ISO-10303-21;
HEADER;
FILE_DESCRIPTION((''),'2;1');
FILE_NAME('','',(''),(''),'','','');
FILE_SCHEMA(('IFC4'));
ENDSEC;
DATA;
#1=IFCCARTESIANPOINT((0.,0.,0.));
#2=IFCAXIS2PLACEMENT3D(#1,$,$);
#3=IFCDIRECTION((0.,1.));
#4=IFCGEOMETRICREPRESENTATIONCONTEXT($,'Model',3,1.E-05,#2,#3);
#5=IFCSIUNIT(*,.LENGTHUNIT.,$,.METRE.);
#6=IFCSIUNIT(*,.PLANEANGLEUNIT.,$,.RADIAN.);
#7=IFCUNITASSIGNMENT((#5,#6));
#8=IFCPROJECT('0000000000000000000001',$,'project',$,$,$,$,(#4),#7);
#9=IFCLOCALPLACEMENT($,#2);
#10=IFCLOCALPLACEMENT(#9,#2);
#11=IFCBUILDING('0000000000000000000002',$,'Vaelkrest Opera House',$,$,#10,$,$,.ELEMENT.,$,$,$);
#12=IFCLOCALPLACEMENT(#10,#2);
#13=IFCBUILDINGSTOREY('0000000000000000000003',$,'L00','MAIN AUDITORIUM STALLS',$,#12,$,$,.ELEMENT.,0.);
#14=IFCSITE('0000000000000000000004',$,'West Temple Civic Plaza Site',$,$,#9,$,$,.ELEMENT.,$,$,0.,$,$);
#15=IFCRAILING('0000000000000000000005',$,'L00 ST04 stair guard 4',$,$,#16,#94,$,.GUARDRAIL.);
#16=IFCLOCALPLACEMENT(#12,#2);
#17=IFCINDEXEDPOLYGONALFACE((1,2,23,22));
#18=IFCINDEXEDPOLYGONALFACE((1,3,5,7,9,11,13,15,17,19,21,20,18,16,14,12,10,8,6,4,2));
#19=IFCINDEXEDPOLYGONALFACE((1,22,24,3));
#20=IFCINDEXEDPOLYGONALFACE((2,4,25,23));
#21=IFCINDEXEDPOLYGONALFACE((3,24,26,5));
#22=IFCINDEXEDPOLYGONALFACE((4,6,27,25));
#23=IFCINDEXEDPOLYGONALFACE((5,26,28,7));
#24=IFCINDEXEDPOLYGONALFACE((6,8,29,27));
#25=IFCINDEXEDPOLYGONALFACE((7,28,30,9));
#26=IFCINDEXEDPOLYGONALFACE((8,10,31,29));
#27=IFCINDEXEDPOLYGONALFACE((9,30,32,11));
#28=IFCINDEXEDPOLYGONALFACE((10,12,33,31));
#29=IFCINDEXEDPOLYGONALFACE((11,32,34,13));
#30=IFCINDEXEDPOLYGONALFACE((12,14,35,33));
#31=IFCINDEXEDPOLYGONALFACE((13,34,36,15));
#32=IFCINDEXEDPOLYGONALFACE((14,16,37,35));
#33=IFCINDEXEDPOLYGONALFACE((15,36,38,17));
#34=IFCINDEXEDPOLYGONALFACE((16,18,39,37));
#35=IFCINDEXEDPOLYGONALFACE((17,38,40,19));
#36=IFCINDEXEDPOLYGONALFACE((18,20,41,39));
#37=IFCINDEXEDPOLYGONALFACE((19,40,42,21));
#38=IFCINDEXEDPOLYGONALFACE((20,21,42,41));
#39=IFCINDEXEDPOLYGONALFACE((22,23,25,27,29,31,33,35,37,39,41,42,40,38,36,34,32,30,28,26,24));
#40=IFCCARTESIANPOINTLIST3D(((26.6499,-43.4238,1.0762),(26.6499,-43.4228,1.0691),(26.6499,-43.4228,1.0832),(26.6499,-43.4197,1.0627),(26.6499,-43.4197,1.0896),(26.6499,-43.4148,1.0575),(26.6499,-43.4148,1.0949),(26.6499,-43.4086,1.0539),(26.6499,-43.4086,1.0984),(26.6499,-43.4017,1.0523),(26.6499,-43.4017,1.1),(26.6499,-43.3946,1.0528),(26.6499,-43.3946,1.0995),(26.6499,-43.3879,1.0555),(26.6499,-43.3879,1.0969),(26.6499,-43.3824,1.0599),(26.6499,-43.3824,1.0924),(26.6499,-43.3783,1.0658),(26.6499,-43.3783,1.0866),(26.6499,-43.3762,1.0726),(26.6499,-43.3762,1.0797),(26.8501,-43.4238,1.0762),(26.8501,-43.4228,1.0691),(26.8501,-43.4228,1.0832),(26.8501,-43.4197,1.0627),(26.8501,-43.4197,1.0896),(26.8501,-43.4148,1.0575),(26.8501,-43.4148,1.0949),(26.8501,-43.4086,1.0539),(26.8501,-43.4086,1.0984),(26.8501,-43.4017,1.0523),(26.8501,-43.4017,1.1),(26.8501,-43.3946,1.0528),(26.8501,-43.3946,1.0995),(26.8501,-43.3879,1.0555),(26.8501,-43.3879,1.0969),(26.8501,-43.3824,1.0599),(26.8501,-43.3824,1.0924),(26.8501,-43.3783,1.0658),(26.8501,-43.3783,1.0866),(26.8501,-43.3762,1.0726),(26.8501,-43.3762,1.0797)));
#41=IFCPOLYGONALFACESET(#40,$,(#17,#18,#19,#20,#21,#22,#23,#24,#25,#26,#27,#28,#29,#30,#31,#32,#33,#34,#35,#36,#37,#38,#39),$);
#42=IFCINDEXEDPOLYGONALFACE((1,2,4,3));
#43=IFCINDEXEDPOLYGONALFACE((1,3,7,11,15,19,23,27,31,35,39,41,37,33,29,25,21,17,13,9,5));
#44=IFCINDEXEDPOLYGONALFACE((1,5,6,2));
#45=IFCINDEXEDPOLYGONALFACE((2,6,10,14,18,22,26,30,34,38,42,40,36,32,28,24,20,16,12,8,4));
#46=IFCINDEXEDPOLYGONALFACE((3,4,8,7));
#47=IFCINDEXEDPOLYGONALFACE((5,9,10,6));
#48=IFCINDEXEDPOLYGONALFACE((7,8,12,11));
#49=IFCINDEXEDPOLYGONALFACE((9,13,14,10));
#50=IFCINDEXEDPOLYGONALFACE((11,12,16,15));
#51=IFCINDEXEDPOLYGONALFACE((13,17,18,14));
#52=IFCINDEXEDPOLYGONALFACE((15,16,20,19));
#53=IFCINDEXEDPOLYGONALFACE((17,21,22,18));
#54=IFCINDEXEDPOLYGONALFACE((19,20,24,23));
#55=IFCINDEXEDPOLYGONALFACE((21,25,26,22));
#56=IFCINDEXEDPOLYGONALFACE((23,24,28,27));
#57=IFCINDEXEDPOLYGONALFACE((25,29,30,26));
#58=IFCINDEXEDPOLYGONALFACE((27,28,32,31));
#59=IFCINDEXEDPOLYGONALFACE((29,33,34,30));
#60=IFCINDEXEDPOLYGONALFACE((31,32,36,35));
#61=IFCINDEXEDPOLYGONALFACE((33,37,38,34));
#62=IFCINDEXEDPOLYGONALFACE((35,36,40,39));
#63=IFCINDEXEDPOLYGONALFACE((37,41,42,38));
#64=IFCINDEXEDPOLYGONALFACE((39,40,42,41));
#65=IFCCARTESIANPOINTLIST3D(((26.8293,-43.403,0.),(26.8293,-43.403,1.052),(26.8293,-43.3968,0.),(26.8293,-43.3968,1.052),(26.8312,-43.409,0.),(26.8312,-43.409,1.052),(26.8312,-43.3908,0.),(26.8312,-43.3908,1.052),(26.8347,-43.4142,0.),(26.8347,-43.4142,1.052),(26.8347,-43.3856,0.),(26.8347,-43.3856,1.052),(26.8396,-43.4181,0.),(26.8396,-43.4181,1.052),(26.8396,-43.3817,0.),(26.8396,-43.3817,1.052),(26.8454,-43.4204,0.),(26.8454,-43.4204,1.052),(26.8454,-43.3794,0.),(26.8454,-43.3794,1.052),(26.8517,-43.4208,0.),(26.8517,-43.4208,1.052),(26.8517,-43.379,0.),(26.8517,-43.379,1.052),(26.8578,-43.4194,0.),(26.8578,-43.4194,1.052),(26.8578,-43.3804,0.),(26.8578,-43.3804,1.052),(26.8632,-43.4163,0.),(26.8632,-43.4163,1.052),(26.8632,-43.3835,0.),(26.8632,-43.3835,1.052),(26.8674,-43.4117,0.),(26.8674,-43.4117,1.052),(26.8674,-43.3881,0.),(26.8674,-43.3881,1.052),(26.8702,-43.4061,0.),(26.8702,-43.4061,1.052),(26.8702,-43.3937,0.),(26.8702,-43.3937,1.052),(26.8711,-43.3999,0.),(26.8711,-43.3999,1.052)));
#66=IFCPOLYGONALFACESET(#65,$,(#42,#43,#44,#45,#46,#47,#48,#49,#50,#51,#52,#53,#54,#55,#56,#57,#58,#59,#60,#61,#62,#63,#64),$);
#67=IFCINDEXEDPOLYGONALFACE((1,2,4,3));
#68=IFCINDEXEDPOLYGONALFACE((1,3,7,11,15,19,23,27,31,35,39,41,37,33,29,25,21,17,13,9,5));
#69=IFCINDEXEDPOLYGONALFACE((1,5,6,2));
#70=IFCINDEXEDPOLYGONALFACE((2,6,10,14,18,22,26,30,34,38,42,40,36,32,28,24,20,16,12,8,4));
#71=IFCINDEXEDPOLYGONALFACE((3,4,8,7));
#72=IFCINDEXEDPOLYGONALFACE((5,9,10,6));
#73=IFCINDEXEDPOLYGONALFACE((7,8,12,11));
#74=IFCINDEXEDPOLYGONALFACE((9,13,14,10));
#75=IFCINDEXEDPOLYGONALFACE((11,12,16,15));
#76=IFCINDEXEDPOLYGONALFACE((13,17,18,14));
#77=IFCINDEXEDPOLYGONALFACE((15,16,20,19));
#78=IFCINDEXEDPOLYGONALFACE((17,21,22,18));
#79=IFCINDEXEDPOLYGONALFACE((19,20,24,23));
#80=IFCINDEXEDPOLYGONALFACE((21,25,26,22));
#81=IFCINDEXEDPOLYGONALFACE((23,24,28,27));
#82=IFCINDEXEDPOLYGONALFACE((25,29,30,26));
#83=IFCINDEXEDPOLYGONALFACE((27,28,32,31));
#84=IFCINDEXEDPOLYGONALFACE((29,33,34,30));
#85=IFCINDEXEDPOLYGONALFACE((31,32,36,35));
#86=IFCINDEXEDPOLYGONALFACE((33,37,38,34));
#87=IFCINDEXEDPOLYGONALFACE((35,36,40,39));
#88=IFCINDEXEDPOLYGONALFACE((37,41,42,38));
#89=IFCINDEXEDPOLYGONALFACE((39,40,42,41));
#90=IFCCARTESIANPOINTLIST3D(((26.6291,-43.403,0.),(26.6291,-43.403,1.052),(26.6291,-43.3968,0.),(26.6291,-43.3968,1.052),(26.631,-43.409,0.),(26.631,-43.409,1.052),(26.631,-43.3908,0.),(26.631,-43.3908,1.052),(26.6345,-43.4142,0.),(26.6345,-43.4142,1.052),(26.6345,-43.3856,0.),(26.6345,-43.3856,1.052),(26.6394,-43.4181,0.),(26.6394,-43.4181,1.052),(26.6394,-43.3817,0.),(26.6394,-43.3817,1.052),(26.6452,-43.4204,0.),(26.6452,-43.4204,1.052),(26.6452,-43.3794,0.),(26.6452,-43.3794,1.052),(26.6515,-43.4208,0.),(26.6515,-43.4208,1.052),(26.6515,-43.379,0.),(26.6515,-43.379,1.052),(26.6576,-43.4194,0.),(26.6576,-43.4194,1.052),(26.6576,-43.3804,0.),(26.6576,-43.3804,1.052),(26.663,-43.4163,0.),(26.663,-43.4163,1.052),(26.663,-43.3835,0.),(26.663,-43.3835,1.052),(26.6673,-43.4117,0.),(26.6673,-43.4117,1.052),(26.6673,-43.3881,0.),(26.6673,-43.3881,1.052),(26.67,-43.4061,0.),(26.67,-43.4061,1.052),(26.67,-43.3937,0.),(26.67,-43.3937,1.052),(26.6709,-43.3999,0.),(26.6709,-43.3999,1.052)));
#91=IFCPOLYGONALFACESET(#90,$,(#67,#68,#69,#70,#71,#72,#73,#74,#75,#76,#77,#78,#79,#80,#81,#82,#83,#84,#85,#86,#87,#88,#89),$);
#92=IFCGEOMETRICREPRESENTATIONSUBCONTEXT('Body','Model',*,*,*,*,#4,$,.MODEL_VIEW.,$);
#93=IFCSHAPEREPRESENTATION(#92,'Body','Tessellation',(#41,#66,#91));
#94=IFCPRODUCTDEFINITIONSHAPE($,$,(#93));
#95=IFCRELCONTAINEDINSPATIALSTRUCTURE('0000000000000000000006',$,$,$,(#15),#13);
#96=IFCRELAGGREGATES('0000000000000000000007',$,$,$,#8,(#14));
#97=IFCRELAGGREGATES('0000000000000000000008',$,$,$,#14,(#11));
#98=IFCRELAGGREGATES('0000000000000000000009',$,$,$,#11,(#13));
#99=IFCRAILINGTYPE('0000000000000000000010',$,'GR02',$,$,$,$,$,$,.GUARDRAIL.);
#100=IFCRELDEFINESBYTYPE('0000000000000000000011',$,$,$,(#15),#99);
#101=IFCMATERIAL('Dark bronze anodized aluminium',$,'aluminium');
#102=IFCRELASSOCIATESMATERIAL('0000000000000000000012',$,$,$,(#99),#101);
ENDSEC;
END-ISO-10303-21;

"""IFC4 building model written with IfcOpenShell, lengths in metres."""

from ifc_helpers import new_model, si_unit, direction, frame, origin, origin_2d, place, context, subcontext, project, spatial, circle, extrude, material, type_object, element, save


model = new_model("IFC4")

# Units and contexts
model_context = context("Model", 3, precision=1e-05, world=origin(), true_north=direction((0.0, 1.0)))
body_context = subcontext(model_context, "Body", "Model", "MODEL_VIEW")
ifc_project = project(units=[si_unit("LENGTHUNIT", "METRE"), si_unit("PLANEANGLEUNIT", "RADIAN")], contexts=[model_context])

# Site, building, storey
site_placement = place(None, origin())
site = spatial("IfcSite", under=ifc_project, at=site_placement, Name="West Temple Civic Plaza Site", CompositionType="ELEMENT", RefElevation=0.0)
building_placement = place(site_placement, origin())
building = spatial("IfcBuilding", under=site, at=building_placement, Name="Vaelkrest Opera House", CompositionType="ELEMENT")
storey_placement = place(building_placement, origin())
storey = spatial("IfcBuildingStorey", under=building, at=storey_placement, Name="L00", Description="MAIN AUDITORIUM STALLS", CompositionType="ELEMENT", Elevation=0.0)

# Shared definitions
ifc_material_1 = material(Name="Dark bronze anodized aluminium", Category="aluminium")

# Railing
railing_type_1 = type_object("IfcRailingType", Name="GR02", PredefinedType="GUARDRAIL", material=ifc_material_1)
railing_1_placement = place(storey_placement, frame((26.8501, -43.3999, 0.0)))
element("IfcRailing", 1, at=railing_1_placement, inside=storey, type_object=railing_type_1, Name="L00 ST04 stair guard 4", PredefinedType="GUARDRAIL", context=body_context, shape_type="SweptSolid", body=[
    extrude(circle(Radius=0.0239, at=origin_2d()), frame((0.0, 0.0, 1.0762), z_axis=(-1.0, 0.0, 0.0), x_axis=(0.0, -1.0, 0.0)), (0.0, 0.0, 1.0), 0.2002),
    extrude(circle(Radius=0.021, at=origin_2d()), origin(), (0.0, 0.0, 1.0), 1.052),
    extrude(circle(Radius=0.021, at=origin_2d()), frame((-0.2002, 0.0, 0.0)), (0.0, 0.0, 1.0), 1.052),
])

save(model, "model.ifc")
